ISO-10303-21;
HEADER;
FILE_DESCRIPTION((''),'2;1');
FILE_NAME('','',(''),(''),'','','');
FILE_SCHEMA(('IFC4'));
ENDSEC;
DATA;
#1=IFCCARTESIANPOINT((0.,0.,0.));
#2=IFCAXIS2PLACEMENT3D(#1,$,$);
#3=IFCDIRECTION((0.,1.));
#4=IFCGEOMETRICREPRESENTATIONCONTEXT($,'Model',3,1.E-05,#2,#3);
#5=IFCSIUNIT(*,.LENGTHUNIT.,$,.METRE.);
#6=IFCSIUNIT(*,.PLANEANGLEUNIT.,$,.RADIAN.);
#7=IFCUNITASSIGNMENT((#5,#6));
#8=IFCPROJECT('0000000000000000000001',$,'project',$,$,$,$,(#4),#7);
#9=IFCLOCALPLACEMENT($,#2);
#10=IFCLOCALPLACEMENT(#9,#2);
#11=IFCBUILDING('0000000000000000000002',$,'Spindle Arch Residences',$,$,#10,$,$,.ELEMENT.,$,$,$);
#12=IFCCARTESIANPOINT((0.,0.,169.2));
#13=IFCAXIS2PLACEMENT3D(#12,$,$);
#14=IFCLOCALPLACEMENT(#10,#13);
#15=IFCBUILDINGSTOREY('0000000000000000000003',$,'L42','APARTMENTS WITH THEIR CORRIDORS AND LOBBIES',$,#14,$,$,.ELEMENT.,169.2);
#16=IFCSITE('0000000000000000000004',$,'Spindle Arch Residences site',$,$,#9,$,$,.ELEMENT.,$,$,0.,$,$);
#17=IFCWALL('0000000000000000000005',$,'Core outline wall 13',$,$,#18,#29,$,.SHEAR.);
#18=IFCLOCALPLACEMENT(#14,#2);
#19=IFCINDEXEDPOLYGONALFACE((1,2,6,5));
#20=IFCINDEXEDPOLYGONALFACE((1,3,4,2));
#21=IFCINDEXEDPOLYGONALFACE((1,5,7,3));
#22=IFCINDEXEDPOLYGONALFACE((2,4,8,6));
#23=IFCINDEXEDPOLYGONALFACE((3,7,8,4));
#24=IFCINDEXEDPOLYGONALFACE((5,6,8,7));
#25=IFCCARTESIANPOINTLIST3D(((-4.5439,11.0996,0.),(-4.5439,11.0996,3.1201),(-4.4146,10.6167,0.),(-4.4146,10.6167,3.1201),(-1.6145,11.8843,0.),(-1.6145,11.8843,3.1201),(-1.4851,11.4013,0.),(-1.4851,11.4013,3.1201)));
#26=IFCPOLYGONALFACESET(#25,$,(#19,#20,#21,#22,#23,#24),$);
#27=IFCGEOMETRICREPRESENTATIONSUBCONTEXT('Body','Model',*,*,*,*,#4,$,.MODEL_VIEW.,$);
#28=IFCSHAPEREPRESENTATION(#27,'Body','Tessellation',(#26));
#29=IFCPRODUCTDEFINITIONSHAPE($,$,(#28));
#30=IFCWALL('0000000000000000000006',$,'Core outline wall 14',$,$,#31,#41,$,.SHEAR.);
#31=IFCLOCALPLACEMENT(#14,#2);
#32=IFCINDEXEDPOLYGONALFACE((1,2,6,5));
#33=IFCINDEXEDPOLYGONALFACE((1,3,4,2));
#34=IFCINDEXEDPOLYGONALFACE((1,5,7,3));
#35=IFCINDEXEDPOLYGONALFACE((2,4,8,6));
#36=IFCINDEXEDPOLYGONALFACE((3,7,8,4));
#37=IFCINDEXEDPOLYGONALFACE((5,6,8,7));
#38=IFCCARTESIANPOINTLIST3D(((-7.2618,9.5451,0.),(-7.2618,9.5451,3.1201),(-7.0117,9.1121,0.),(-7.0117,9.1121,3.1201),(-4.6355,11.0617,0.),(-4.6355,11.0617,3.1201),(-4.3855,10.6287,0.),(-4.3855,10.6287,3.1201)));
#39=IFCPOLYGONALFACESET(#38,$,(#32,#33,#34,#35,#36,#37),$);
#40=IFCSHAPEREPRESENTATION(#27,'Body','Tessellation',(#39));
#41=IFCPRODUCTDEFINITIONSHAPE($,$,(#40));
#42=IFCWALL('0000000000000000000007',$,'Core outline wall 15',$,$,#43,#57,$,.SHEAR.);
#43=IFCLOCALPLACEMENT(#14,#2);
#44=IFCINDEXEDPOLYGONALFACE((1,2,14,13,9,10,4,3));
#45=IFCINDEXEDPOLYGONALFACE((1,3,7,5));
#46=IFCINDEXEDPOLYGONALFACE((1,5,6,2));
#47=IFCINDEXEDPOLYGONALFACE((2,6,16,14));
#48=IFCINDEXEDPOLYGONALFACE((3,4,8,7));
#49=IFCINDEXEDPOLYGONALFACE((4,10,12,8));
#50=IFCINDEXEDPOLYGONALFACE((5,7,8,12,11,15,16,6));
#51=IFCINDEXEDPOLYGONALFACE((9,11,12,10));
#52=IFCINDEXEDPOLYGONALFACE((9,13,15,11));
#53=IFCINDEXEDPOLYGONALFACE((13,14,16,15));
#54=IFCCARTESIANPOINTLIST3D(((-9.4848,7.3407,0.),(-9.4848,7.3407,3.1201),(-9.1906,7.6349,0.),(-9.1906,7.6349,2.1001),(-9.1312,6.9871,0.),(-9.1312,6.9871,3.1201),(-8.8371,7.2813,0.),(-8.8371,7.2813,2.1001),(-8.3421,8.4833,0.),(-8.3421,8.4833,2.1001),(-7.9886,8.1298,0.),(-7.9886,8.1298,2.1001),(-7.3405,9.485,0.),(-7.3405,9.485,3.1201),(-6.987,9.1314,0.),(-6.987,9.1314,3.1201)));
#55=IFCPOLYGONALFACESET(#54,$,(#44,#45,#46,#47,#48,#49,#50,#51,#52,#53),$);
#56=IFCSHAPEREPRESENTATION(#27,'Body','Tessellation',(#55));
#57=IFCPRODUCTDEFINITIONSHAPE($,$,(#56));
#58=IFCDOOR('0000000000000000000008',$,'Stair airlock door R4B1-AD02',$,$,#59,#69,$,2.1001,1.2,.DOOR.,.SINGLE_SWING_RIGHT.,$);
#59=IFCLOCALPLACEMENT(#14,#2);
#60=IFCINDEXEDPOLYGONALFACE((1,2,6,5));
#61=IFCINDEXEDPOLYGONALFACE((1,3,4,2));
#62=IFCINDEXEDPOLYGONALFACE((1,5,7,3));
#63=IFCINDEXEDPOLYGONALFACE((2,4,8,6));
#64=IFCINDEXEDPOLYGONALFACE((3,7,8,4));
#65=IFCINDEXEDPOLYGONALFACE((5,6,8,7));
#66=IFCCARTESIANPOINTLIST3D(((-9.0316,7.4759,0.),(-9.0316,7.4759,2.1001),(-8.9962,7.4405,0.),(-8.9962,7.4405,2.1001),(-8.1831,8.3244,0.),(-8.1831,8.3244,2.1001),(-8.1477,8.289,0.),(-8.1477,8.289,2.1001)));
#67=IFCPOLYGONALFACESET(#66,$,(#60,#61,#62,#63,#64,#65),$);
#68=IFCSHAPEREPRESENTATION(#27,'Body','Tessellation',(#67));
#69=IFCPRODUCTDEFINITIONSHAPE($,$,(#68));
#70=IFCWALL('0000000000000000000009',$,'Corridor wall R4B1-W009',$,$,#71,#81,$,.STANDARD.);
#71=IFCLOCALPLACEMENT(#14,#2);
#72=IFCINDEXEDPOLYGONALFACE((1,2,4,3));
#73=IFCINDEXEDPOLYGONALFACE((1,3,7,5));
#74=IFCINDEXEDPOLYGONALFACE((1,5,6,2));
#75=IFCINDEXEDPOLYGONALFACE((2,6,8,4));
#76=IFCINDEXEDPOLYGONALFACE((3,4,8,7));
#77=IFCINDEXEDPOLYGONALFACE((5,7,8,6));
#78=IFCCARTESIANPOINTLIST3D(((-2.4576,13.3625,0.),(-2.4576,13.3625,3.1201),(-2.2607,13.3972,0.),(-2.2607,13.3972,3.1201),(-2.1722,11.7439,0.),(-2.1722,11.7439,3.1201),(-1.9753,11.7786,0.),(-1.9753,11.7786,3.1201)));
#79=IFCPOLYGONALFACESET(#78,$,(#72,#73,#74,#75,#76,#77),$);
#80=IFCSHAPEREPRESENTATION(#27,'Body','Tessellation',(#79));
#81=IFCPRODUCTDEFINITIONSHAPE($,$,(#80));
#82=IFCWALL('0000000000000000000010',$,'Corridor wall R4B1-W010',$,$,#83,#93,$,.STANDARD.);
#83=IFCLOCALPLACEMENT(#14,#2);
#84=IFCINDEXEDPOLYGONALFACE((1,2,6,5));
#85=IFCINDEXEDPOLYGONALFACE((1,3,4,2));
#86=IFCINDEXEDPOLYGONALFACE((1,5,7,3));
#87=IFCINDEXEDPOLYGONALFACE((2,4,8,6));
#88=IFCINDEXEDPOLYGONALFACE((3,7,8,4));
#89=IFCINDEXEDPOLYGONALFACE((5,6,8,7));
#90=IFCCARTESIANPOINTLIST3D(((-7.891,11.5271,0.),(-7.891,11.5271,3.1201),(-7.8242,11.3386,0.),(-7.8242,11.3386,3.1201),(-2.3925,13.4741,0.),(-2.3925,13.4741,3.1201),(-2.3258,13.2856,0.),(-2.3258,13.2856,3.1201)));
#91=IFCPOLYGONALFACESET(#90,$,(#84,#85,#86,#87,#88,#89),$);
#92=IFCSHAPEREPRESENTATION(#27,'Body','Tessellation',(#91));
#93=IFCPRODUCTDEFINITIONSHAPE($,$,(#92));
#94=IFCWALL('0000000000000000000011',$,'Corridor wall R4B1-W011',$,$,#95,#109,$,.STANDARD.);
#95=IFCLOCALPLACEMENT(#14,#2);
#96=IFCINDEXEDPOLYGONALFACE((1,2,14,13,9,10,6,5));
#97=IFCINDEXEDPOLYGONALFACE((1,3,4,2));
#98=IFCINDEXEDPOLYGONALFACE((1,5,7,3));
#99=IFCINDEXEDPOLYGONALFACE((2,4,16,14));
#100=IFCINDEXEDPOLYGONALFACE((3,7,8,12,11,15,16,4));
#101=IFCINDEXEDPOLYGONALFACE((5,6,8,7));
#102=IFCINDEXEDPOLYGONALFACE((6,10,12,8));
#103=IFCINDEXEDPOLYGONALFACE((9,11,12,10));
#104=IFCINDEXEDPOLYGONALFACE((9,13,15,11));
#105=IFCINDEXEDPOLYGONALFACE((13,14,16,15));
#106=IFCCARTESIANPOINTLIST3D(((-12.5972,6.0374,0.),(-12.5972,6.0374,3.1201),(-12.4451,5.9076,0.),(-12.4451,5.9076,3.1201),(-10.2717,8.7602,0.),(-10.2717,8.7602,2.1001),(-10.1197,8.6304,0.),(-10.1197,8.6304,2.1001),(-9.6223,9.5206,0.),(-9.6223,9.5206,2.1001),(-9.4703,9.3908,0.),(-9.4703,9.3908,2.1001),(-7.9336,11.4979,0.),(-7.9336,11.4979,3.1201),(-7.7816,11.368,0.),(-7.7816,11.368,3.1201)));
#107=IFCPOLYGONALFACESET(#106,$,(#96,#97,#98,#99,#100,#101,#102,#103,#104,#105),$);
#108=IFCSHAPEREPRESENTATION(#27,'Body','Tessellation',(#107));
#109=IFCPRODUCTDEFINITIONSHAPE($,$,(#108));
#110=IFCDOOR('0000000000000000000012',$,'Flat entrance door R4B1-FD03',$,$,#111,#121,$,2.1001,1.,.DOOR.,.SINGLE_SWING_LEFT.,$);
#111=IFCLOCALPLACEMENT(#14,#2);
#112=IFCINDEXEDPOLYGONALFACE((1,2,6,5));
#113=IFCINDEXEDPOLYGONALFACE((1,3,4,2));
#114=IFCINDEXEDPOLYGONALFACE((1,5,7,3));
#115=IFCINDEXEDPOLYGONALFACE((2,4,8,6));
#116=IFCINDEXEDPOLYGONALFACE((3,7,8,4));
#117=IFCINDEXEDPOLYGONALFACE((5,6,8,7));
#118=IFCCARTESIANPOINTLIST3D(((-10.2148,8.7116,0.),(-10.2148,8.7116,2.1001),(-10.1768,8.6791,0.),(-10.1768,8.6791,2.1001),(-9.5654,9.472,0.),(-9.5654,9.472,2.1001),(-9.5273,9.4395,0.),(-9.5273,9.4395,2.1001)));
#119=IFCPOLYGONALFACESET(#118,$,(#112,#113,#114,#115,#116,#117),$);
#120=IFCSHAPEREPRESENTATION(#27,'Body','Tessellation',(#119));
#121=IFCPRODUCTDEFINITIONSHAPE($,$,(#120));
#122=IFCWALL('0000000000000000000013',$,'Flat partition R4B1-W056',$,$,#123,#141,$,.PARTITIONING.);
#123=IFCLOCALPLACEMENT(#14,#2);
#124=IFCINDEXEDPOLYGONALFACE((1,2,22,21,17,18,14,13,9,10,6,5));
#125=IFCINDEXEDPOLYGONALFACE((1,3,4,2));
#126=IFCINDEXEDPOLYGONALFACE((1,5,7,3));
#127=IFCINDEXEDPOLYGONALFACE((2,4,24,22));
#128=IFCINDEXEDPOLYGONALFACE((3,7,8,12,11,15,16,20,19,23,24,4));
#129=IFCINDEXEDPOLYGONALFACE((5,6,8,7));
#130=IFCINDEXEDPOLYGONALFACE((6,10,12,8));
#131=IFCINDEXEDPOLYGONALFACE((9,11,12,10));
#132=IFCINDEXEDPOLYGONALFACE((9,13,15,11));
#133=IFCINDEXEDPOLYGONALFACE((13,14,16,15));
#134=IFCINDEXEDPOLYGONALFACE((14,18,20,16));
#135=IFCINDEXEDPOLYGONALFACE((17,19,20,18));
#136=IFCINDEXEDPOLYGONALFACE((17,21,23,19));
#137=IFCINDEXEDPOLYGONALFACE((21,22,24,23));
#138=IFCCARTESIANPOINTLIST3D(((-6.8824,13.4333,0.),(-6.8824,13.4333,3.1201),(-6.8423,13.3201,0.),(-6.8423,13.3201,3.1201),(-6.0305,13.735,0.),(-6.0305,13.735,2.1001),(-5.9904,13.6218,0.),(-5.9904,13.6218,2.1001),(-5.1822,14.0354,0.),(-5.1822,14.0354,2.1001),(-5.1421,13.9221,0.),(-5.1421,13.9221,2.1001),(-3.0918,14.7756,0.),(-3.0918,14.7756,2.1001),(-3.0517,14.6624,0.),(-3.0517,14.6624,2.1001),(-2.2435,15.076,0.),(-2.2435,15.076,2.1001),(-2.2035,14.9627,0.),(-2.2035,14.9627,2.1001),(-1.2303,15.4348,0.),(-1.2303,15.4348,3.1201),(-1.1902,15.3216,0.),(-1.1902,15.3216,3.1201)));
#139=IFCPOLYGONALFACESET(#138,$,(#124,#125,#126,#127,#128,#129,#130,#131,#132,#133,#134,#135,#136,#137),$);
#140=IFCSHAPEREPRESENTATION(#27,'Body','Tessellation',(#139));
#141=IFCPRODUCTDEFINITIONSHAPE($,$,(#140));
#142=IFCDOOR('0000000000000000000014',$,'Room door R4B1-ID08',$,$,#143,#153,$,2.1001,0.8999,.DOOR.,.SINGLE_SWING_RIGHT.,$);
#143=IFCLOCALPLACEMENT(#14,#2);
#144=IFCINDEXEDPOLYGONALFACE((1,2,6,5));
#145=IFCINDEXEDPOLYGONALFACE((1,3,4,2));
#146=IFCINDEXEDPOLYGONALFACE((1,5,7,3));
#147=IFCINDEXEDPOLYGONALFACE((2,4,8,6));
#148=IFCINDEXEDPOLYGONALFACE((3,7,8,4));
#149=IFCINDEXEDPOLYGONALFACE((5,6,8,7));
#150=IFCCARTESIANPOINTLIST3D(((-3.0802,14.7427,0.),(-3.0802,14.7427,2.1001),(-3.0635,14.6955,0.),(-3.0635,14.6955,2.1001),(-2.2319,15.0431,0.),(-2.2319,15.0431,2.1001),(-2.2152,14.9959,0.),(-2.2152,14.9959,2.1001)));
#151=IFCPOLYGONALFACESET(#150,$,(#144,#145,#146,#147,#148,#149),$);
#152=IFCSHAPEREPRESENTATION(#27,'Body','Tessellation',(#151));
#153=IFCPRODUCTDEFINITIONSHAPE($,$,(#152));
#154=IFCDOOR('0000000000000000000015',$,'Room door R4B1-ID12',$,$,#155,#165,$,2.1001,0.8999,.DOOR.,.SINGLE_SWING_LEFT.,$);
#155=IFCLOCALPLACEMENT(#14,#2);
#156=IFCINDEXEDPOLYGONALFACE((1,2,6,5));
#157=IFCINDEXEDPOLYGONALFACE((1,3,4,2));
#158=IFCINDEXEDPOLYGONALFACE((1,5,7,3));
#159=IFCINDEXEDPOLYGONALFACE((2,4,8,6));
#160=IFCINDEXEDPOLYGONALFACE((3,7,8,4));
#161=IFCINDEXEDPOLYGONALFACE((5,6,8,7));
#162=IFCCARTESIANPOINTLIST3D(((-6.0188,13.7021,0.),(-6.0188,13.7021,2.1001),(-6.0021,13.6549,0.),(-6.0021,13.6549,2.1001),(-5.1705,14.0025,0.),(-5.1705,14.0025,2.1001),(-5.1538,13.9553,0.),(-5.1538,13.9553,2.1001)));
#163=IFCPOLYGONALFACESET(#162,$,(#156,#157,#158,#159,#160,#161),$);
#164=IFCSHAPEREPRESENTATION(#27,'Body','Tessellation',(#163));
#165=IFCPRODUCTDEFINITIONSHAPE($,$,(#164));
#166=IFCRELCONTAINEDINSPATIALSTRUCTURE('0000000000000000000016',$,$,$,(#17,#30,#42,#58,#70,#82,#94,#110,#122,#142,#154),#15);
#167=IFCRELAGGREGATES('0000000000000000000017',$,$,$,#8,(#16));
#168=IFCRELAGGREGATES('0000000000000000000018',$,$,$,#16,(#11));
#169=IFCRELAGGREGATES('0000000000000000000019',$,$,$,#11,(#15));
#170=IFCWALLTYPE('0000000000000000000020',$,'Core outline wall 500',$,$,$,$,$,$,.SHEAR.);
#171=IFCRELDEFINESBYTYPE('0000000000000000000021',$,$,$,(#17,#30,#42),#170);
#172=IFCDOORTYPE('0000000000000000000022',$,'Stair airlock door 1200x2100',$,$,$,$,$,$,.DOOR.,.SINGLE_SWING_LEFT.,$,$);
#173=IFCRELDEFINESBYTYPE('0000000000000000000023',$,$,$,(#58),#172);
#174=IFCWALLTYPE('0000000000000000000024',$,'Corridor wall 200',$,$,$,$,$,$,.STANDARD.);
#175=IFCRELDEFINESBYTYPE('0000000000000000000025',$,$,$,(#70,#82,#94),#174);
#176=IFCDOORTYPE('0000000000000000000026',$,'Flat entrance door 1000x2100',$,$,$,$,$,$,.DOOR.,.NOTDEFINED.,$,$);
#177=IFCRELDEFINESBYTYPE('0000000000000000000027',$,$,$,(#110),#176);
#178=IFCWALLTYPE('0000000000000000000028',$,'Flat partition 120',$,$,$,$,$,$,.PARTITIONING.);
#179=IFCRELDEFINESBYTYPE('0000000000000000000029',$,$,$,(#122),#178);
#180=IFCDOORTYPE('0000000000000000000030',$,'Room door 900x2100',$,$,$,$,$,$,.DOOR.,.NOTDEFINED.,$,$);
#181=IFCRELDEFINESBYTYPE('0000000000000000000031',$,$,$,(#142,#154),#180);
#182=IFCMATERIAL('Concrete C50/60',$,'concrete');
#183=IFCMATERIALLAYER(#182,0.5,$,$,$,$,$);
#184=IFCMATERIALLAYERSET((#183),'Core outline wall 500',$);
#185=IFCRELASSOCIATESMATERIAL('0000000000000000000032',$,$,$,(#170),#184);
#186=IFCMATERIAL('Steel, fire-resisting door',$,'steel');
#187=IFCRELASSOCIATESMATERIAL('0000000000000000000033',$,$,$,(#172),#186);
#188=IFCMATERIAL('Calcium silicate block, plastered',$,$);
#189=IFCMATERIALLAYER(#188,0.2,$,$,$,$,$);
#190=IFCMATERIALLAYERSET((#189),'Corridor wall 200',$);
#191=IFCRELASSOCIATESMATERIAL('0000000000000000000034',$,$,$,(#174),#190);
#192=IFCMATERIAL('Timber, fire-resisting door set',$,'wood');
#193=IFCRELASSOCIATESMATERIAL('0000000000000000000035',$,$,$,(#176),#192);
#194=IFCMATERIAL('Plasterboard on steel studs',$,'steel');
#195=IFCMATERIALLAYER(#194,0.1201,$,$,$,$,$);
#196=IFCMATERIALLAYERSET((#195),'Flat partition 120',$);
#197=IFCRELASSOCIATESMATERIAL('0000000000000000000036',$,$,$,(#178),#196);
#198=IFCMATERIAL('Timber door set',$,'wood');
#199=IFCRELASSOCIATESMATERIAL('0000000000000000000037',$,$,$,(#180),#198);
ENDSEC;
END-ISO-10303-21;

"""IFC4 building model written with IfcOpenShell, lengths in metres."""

from ifc_helpers import new_model, si_unit, direction, frame, frame_2d, origin, place, context, subcontext, project, spatial, rectangle, extrude, material, layer, layer_set, type_object, element, fill, save


model = new_model("IFC4")

# Units and contexts
model_context = context("Model", 3, precision=1e-05, world=origin(), true_north=direction((0.0, 1.0)))
body_context = subcontext(model_context, "Body", "Model", "MODEL_VIEW")
ifc_project = project(units=[si_unit("LENGTHUNIT", "METRE"), si_unit("PLANEANGLEUNIT", "RADIAN")], contexts=[model_context])

# Site, building, storey
site_placement = place(None, origin())
site = spatial("IfcSite", under=ifc_project, at=site_placement, Name="Spindle Arch Residences site", CompositionType="ELEMENT", RefElevation=0.0)
building_placement = place(site_placement, origin())
building = spatial("IfcBuilding", under=site, at=building_placement, Name="Spindle Arch Residences", CompositionType="ELEMENT")
storey_placement = place(building_placement, frame((0.0, 0.0, 169.2)))
storey = spatial("IfcBuildingStorey", under=building, at=storey_placement, Name="L42", Description="APARTMENTS WITH THEIR CORRIDORS AND LOBBIES", CompositionType="ELEMENT", Elevation=169.2)

# Walls
ifc_material_1 = material(Name="Concrete C50/60", Category="concrete")
ifc_layer_1 = layer(ifc_material_1, 0.5)
ifc_layer_set_1 = layer_set([ifc_layer_1], Name="Core outline wall 500")
wall_type_1 = type_object("IfcWallType", Name="Core outline wall 500", PredefinedType="SHEAR", material=ifc_layer_set_1)
for number, where, z_axis, x_axis, name in (
    (1, (-1.5498, 11.6428, 0.0), (0.0, 0.0, 1.0), (-0.965948, -0.258735, 0.0), "Core outline wall 13"),
    (2, (-4.5105, 10.8452, 0.0), (0.0, 0.0, 1.0), (-0.865975, -0.500087, 0.0), "Core outline wall 14"),
):
    element("IfcWall", number, at=place(storey_placement, frame(where, z_axis=z_axis, x_axis=x_axis)), inside=storey, type_object=wall_type_1, Name=name, PredefinedType="SHEAR", context=body_context, shape_type="SweptSolid", body=[
        extrude(rectangle(XDim=3.0327, YDim=0.5, at=frame_2d((1.5164, 0.0))), origin(), (0.0, 0.0, 1.0), 3.1201),
    ])

# Wall, opening, door
wall_1_placement = place(storey_placement, frame((-7.1638, 9.3081, 0.0), z_axis=(0.0, 0.0, 1.0), x_axis=(-0.707107, -0.707107, 0.0)))
wall_1 = element("IfcWall", 3, at=wall_1_placement, inside=storey, type_object=wall_type_1, Name="Core outline wall 15", PredefinedType="SHEAR", context=body_context, shape_type="SweptSolid", body=[
    extrude(rectangle(XDim=3.0325, YDim=0.5, at=frame_2d((1.5161, 0.0))), origin(), (0.0, 0.0, 1.0), 3.1201),
])
opening_1_placement = place(wall_1_placement, frame((1.4163, 0.0, 0.0)))
opening_1 = element("IfcOpeningElement", 4, at=opening_1_placement, cuts=wall_1, PredefinedType="OPENING", context=body_context, shape_type="SweptSolid", body=[
    extrude(rectangle(XDim=1.2, YDim=2.1001, at=frame_2d((0.6001, 1.05))), frame((0.0, 0.26, 0.0), z_axis=(0.0, -1.0, 0.0), x_axis=(1.0, 0.0, 0.0)), (0.0, 0.0, 1.0), 0.52),
])
ifc_material_2 = material(Name="Steel, fire-resisting door", Category="steel")
door_type_1 = type_object("IfcDoorType", Name="Stair airlock door 1200x2100", OperationType="SINGLE_SWING_LEFT", PredefinedType="DOOR", material=ifc_material_2)
door_1_placement = place(opening_1_placement, origin())
door_1 = element("IfcDoor", 5, at=door_1_placement, inside=storey, type_object=door_type_1, Name="Stair airlock door R4B1-AD02", OperationType="SINGLE_SWING_RIGHT", OverallHeight=2.1001, OverallWidth=1.2, PredefinedType="DOOR", context=body_context, shape_type="SweptSolid", body=[
    extrude(rectangle(XDim=1.2, YDim=2.1001, at=frame_2d((0.6001, 1.05))), frame((0.0, 0.0249, 0.0), z_axis=(0.0, -1.0, 0.0), x_axis=(1.0, 0.0, 0.0)), (0.0, 0.0, 1.0), 0.05),
])
fill(opening_1, door_1)

# Walls
ifc_material_3 = material(Name="Calcium silicate block, plastered")
ifc_layer_2 = layer(ifc_material_3, 0.2)
ifc_layer_set_2 = layer_set([ifc_layer_2], Name="Corridor wall 200")
wall_type_2 = type_object("IfcWallType", Name="Corridor wall 200", PredefinedType="STANDARD", material=ifc_layer_set_2)
wall_2_placement = place(storey_placement, frame((-2.0737, 11.7612, 0.0), z_axis=(0.0, 0.0, 1.0), x_axis=(-0.173641, 0.984809, 0.0)))
element("IfcWall", 6, at=wall_2_placement, inside=storey, type_object=wall_type_2, Name="Corridor wall R4B1-W009", PredefinedType="STANDARD", context=body_context, shape_type="SweptSolid", body=[
    extrude(rectangle(XDim=1.6436, YDim=0.2, at=frame_2d((0.8218, 0.0))), origin(), (0.0, 0.0, 1.0), 3.1201),
])
wall_3_placement = place(storey_placement, frame((-2.3591, 13.3799, 0.0), z_axis=(0.0, 0.0, 1.0), x_axis=(-0.942648, -0.33379, 0.0)))
element("IfcWall", 7, at=wall_3_placement, inside=storey, type_object=wall_type_2, Name="Corridor wall R4B1-W010", PredefinedType="STANDARD", context=body_context, shape_type="SweptSolid", body=[
    extrude(rectangle(XDim=5.833, YDim=0.2, at=frame_2d((2.9165, 0.0))), origin(), (0.0, 0.0, 1.0), 3.1201),
])

# Wall, opening, door
wall_4_placement = place(storey_placement, frame((-7.8577, 11.4329, 0.0), z_axis=(0.0, 0.0, 1.0), x_axis=(-0.649441, -0.760412, 0.0)))
wall_4 = element("IfcWall", 8, at=wall_4_placement, inside=storey, type_object=wall_type_2, Name="Corridor wall R4B1-W011", PredefinedType="STANDARD", context=body_context, shape_type="SweptSolid", body=[
    extrude(rectangle(XDim=7.1809, YDim=0.2, at=frame_2d((3.5903, 0.0))), origin(), (0.0, 0.0, 1.0), 3.1201),
])
opening_2_placement = place(wall_4_placement, frame((2.6001, 0.0, 0.0)))
opening_2 = element("IfcOpeningElement", 9, at=opening_2_placement, cuts=wall_4, PredefinedType="OPENING", context=body_context, shape_type="SweptSolid", body=[
    extrude(rectangle(XDim=1.0, YDim=2.1001, at=frame_2d((0.5, 1.05))), frame((0.0, 0.1099, 0.0), z_axis=(0.0, -1.0, 0.0), x_axis=(1.0, 0.0, 0.0)), (0.0, 0.0, 1.0), 0.22),
])
ifc_material_4 = material(Name="Timber, fire-resisting door set", Category="wood")
door_type_2 = type_object("IfcDoorType", Name="Flat entrance door 1000x2100", OperationType="NOTDEFINED", PredefinedType="DOOR", material=ifc_material_4)
door_2_placement = place(opening_2_placement, origin())
door_2 = element("IfcDoor", 10, at=door_2_placement, inside=storey, type_object=door_type_2, Name="Flat entrance door R4B1-FD03", OperationType="SINGLE_SWING_LEFT", OverallHeight=2.1001, OverallWidth=1.0, PredefinedType="DOOR", context=body_context, shape_type="SweptSolid", body=[
    extrude(rectangle(XDim=1.0, YDim=2.1001, at=frame_2d((0.5, 1.05))), frame((0.0, 0.0249, 0.0), z_axis=(0.0, -1.0, 0.0), x_axis=(1.0, 0.0, 0.0)), (0.0, 0.0, 1.0), 0.05),
])
fill(opening_2, door_2)

# Wall, openings, doors
ifc_material_5 = material(Name="Plasterboard on steel studs", Category="steel")
ifc_layer_3 = layer(ifc_material_5, 0.1201)
ifc_layer_set_3 = layer_set([ifc_layer_3], Name="Flat partition 120")
wall_type_3 = type_object("IfcWallType", Name="Flat partition 120", PredefinedType="PARTITIONING", material=ifc_layer_set_3)
wall_5_placement = place(storey_placement, frame((-1.2102, 15.3782, 0.0), z_axis=(0.0, 0.0, 1.0), x_axis=(-0.942644, -0.3338, 0.0)))
wall_5 = element("IfcWall", 11, at=wall_5_placement, inside=storey, type_object=wall_type_3, Name="Flat partition R4B1-W056", PredefinedType="PARTITIONING", context=body_context, shape_type="SweptSolid", body=[
    extrude(rectangle(XDim=5.9961, YDim=0.1201, at=frame_2d((2.998, 0.0))), origin(), (0.0, 0.0, 1.0), 3.1201),
])
opening_3_placement = place(wall_5_placement, frame((1.075, 0.0, 0.0)))
opening_3 = element("IfcOpeningElement", 12, at=opening_3_placement, cuts=wall_5, PredefinedType="OPENING", context=body_context, shape_type="SweptSolid", body=[
    extrude(rectangle(XDim=0.8999, YDim=2.1001, at=frame_2d((0.45, 1.05))), frame((0.0, 0.0701, 0.0), z_axis=(0.0, -1.0, 0.0), x_axis=(1.0, 0.0, 0.0)), (0.0, 0.0, 1.0), 0.1401),
])
opening_4_placement = place(wall_5_placement, frame((4.1924, 0.0, 0.0)))
opening_4 = element("IfcOpeningElement", 13, at=opening_4_placement, cuts=wall_5, PredefinedType="OPENING", context=body_context, shape_type="SweptSolid", body=[
    extrude(rectangle(XDim=0.8999, YDim=2.1001, at=frame_2d((0.45, 1.05))), frame((0.0, 0.0701, 0.0), z_axis=(0.0, -1.0, 0.0), x_axis=(1.0, 0.0, 0.0)), (0.0, 0.0, 1.0), 0.1401),
])
ifc_material_6 = material(Name="Timber door set", Category="wood")
door_type_3 = type_object("IfcDoorType", Name="Room door 900x2100", OperationType="NOTDEFINED", PredefinedType="DOOR", material=ifc_material_6)
door_3_placement = place(opening_3_placement, origin())
door_3 = element("IfcDoor", 14, at=door_3_placement, inside=storey, type_object=door_type_3, Name="Room door R4B1-ID08", OperationType="SINGLE_SWING_RIGHT", OverallHeight=2.1001, OverallWidth=0.8999, PredefinedType="DOOR", context=body_context, shape_type="SweptSolid", body=[
    extrude(rectangle(XDim=0.8999, YDim=2.1001, at=frame_2d((0.45, 1.05))), frame((0.0, 0.0249, 0.0), z_axis=(0.0, -1.0, 0.0), x_axis=(1.0, 0.0, 0.0)), (0.0, 0.0, 1.0), 0.05),
])
fill(opening_3, door_3)
door_4_placement = place(opening_4_placement, origin())
door_4 = element("IfcDoor", 15, at=door_4_placement, inside=storey, type_object=door_type_3, Name="Room door R4B1-ID12", OperationType="SINGLE_SWING_LEFT", OverallHeight=2.1001, OverallWidth=0.8999, PredefinedType="DOOR", context=body_context, shape_type="SweptSolid", body=[
    extrude(rectangle(XDim=0.8999, YDim=2.1001, at=frame_2d((0.45, 1.05))), frame((0.0, 0.0249, 0.0), z_axis=(0.0, -1.0, 0.0), x_axis=(1.0, 0.0, 0.0)), (0.0, 0.0, 1.0), 0.05),
])
fill(opening_4, door_4)

save(model, "model.ifc")
